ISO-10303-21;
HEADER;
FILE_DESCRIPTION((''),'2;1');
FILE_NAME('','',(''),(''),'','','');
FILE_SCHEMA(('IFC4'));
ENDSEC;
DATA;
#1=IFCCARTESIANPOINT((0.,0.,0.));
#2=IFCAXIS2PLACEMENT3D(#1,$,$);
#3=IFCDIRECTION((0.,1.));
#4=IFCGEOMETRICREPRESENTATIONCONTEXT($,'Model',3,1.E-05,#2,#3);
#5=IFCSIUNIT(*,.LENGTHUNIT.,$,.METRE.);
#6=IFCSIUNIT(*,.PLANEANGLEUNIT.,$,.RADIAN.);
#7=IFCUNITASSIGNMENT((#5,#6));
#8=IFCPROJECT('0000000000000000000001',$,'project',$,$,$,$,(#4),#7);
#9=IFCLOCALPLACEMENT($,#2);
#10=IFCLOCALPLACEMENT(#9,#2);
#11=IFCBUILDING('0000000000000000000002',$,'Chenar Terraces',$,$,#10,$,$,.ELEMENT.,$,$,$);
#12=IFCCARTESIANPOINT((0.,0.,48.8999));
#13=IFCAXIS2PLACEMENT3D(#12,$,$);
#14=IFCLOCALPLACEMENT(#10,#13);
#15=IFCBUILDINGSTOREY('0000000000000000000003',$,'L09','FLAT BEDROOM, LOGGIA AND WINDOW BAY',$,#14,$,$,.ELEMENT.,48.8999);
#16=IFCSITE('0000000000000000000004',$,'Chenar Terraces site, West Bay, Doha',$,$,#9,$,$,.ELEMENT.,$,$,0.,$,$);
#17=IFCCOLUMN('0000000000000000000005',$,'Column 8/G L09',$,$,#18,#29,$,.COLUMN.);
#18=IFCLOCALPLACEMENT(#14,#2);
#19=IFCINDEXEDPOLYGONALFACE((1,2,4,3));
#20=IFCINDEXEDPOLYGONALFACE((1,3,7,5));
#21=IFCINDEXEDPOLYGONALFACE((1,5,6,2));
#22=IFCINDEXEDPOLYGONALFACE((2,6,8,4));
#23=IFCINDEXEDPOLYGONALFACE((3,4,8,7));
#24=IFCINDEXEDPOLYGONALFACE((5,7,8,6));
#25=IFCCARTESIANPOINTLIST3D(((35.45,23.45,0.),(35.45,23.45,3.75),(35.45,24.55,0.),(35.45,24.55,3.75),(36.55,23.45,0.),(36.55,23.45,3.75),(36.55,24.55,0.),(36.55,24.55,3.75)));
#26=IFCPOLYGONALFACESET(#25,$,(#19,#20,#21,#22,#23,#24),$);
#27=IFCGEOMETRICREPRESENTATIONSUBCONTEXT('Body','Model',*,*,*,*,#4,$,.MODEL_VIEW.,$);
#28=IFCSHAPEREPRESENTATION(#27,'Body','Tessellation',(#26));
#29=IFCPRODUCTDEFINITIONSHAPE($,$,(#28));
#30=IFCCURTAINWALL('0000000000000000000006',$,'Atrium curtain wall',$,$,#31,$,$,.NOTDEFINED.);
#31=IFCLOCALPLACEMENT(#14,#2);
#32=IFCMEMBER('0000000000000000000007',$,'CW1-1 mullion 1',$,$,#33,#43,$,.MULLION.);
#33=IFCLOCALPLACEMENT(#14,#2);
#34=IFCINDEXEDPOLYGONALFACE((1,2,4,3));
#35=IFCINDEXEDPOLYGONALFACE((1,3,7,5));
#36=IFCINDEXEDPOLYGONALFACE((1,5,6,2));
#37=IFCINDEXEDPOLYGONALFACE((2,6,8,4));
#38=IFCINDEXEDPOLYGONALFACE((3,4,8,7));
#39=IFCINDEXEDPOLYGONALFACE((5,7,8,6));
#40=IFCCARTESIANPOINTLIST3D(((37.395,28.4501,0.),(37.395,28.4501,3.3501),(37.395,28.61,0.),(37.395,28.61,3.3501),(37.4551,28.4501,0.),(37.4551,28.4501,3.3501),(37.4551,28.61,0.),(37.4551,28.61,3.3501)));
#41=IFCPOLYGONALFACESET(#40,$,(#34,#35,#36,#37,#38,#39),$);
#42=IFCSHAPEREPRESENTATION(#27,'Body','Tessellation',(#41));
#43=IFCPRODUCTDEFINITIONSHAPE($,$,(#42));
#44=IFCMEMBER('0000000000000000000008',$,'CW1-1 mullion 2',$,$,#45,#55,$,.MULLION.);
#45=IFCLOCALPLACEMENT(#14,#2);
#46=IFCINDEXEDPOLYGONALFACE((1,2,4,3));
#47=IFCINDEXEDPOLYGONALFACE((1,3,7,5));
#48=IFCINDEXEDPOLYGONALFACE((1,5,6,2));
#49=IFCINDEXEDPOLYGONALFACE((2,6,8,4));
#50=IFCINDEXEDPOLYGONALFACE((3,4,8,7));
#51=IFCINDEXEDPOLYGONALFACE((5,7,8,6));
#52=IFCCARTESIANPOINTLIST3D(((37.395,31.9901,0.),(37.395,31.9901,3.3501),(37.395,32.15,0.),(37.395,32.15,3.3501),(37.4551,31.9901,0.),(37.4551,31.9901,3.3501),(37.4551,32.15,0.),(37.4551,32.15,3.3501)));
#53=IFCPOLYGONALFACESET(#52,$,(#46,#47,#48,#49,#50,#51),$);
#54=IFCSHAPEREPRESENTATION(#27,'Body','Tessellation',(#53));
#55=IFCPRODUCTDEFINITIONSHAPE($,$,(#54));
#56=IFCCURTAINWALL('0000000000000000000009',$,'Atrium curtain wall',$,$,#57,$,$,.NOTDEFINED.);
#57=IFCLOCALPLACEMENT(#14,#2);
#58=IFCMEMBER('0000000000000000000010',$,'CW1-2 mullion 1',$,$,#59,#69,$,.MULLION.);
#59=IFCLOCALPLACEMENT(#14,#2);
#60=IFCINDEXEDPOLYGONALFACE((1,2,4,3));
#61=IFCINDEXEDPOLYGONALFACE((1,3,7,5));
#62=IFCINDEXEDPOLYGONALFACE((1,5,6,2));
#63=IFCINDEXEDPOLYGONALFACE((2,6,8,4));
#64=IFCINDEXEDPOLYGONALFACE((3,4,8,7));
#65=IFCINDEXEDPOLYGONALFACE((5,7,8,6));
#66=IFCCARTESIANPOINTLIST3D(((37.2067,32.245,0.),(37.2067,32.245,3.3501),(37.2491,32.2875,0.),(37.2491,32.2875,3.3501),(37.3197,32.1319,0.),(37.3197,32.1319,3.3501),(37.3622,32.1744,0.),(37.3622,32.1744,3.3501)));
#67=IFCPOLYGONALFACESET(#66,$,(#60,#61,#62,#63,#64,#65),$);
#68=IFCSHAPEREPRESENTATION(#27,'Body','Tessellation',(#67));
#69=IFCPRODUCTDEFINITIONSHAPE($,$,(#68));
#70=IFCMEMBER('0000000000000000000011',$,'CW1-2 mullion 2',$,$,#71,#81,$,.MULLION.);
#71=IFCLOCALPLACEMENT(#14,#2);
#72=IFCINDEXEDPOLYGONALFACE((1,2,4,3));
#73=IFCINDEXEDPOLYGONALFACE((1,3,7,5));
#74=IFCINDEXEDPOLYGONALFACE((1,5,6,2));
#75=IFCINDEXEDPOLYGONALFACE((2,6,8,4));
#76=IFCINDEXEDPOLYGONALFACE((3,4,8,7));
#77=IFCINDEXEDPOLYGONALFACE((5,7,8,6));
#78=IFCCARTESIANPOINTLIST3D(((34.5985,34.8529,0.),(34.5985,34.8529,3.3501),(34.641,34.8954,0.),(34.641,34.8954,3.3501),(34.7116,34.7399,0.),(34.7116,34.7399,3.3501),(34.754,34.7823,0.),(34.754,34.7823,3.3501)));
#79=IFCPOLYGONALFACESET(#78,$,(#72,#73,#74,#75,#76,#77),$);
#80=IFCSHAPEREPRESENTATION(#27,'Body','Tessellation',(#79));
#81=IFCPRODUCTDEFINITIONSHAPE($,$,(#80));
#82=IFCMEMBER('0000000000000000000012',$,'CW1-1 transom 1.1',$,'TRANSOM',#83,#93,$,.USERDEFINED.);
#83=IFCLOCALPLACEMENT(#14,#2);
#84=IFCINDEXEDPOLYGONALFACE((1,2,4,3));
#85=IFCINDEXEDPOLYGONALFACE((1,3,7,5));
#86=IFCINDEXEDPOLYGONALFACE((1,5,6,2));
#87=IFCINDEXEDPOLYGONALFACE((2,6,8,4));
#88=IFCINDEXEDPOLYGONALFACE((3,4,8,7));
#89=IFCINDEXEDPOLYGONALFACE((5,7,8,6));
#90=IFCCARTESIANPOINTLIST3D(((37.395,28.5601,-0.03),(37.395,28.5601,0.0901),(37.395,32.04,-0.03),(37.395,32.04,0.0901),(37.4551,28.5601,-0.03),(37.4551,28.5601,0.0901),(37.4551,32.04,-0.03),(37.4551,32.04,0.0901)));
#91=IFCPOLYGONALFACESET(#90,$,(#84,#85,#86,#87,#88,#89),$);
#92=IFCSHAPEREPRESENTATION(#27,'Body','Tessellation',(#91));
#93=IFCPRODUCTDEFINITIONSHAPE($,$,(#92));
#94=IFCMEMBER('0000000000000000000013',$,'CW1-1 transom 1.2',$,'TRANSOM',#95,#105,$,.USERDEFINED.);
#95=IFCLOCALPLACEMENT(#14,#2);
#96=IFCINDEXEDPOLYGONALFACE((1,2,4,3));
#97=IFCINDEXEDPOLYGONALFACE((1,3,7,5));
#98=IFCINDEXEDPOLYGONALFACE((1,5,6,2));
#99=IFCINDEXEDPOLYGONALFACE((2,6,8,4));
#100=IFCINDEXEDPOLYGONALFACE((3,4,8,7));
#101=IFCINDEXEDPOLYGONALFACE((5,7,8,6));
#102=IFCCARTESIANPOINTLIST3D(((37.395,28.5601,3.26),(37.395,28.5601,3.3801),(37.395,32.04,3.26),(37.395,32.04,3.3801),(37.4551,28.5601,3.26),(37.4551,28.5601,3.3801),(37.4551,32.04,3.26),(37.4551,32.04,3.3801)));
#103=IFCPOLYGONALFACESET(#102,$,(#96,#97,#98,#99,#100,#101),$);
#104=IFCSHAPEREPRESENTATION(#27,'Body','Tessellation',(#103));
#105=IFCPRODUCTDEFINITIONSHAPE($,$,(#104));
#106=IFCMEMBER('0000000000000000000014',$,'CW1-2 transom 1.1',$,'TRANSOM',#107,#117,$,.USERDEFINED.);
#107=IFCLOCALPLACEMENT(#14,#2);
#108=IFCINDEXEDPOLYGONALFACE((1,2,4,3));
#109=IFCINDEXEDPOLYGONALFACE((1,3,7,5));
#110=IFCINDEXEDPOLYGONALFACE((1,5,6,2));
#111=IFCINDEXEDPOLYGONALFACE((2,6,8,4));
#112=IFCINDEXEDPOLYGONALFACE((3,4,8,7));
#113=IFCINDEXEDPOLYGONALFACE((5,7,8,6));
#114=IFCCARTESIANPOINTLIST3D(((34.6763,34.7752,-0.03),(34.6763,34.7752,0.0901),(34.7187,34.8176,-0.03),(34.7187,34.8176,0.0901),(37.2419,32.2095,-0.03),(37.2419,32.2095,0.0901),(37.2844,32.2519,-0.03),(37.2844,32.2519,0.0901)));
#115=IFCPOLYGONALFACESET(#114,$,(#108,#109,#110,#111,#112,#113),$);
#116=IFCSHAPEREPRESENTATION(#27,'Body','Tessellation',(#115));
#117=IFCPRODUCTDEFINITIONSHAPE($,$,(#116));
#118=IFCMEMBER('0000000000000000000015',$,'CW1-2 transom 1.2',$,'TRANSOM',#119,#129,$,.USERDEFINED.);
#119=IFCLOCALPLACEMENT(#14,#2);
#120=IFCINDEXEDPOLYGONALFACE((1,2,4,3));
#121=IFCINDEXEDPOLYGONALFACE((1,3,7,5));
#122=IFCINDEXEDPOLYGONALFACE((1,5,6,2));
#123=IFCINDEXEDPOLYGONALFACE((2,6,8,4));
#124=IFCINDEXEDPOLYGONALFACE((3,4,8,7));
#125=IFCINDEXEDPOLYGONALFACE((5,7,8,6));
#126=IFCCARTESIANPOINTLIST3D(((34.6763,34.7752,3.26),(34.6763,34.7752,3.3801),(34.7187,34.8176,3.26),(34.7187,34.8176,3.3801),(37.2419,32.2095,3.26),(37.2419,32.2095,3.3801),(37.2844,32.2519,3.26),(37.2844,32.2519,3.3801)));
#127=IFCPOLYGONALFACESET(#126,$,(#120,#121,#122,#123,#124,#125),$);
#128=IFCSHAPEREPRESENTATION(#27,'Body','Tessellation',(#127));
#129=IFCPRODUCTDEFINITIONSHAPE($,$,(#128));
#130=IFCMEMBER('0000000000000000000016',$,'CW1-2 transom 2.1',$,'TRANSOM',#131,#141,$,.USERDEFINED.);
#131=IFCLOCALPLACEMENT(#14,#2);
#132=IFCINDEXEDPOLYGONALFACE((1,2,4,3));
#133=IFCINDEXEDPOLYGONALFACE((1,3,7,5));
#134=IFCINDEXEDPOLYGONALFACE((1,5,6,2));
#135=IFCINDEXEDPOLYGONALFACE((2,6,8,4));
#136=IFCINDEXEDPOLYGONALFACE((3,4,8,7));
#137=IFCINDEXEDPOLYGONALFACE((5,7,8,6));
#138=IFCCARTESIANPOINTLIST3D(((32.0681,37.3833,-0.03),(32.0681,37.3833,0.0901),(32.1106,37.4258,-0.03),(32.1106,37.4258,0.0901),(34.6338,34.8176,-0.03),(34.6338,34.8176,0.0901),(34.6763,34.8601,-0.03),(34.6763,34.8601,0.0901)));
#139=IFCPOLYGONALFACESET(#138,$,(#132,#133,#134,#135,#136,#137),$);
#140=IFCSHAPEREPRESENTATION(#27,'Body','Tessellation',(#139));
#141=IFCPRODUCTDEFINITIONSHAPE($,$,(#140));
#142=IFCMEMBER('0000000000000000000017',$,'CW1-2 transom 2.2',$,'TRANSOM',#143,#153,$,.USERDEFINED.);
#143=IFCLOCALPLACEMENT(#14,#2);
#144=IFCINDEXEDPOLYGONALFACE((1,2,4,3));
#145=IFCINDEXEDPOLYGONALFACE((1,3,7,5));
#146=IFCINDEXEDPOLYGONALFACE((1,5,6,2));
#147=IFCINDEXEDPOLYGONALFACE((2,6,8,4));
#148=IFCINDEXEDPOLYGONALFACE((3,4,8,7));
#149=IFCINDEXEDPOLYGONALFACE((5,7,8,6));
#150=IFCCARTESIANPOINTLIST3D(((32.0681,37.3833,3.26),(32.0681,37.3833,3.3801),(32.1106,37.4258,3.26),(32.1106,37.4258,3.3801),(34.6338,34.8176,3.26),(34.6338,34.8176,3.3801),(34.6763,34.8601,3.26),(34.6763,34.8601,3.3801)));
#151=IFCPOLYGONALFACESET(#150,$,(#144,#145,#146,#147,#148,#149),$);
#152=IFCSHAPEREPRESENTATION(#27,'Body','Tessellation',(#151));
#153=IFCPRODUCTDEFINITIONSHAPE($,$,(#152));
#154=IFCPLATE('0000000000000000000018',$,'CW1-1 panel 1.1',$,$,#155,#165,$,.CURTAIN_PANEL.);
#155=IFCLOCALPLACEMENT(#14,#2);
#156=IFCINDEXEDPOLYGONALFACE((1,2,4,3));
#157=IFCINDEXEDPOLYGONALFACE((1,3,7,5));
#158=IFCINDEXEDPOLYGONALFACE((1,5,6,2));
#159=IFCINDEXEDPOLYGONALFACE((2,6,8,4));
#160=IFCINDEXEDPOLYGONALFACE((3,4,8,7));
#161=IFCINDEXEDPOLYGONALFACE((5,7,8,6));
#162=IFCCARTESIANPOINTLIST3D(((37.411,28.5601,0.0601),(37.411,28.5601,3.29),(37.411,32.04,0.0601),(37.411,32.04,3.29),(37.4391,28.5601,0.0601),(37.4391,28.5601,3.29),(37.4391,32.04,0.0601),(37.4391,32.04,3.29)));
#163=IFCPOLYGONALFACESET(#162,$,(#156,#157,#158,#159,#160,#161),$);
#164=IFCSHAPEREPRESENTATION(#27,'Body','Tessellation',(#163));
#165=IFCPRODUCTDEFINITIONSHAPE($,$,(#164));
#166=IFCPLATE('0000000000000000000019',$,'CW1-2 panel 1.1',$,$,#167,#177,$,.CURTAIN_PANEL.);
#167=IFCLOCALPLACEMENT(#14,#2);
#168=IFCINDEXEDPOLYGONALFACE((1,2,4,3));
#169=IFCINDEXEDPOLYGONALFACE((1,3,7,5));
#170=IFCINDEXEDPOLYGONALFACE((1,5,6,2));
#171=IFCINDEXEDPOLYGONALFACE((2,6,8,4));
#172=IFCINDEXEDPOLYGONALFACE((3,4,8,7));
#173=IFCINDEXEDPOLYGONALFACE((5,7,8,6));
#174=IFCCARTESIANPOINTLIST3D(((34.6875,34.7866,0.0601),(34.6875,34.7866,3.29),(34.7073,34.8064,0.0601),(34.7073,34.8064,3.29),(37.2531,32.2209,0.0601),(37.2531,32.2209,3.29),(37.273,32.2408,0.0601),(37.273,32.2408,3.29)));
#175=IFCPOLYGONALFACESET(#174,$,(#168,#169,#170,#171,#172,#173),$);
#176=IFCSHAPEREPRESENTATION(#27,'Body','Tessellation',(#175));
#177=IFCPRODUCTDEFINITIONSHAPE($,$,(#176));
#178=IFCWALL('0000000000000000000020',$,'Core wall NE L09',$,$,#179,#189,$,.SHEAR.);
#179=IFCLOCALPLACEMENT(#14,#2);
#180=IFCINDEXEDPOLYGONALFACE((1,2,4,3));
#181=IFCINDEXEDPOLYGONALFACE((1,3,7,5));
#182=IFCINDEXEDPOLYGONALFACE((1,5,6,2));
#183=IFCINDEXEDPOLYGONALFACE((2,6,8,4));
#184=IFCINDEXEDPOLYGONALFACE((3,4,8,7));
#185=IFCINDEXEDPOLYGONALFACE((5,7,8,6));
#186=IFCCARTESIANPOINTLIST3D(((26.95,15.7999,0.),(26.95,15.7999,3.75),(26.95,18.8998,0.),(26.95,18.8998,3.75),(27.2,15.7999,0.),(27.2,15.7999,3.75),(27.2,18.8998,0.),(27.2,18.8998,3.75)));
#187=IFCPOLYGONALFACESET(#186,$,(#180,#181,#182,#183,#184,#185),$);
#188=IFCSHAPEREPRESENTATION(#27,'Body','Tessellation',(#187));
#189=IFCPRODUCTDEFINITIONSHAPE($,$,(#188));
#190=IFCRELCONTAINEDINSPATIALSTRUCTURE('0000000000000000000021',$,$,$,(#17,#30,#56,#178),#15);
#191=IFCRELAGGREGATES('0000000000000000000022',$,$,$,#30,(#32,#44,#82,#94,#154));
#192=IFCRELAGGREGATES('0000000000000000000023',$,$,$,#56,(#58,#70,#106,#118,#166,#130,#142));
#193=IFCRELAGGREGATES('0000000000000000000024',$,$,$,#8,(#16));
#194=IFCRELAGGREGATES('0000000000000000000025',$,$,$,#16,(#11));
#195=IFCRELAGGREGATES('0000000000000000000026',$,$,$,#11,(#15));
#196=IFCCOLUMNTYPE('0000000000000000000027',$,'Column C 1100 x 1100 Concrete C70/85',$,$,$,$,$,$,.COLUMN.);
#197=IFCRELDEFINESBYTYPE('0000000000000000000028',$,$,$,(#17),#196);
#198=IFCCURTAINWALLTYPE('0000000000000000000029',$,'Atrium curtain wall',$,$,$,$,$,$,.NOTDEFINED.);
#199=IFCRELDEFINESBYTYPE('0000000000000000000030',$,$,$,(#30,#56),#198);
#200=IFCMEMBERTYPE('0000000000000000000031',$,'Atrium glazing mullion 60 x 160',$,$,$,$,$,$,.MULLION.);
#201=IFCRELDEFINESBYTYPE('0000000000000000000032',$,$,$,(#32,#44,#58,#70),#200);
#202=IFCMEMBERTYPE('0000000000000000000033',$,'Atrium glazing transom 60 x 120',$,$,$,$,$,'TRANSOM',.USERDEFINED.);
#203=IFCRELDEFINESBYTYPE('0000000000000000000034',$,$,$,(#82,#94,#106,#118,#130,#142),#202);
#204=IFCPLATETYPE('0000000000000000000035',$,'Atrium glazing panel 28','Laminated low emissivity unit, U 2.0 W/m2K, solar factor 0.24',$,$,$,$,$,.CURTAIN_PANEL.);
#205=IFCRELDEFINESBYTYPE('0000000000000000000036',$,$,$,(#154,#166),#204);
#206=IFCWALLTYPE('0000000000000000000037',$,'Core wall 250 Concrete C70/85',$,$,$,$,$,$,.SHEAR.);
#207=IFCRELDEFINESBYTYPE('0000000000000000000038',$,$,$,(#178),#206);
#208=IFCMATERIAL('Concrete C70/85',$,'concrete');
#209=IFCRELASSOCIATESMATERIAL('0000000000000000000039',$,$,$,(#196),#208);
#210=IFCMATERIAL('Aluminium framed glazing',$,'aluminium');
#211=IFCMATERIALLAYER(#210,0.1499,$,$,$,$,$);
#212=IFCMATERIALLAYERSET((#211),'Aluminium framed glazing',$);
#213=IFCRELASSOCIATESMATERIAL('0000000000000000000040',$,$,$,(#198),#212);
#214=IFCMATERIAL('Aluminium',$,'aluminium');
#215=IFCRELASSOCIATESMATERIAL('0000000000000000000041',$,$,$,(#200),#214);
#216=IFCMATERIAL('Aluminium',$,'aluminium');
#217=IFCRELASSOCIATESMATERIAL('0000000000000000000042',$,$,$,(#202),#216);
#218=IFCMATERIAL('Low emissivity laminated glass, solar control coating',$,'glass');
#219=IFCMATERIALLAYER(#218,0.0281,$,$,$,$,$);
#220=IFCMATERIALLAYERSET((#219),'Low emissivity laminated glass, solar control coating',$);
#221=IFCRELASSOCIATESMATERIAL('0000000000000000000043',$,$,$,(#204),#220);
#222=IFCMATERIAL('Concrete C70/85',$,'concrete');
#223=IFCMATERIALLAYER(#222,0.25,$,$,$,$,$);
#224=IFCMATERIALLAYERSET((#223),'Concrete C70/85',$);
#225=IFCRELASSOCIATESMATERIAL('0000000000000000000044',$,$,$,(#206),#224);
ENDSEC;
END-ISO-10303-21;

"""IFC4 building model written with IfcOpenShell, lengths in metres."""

from ifc_helpers import new_model, si_unit, direction, frame, frame_2d, origin, origin_2d, place, context, subcontext, project, spatial, rectangle, extrude, material, layer, layer_set, material_profile, profile_set, type_object, element, aggregate, save


model = new_model("IFC4")

# Units and contexts
model_context = context("Model", 3, precision=1e-05, world=origin(), true_north=direction((0.0, 1.0)))
body_context = subcontext(model_context, "Body", "Model", "MODEL_VIEW")
ifc_project = project(units=[si_unit("LENGTHUNIT", "METRE"), si_unit("PLANEANGLEUNIT", "RADIAN")], contexts=[model_context])

# Site, building, storey
site_placement = place(None, origin())
site = spatial("IfcSite", under=ifc_project, at=site_placement, Name="Chenar Terraces site, West Bay, Doha", CompositionType="ELEMENT", RefElevation=0.0)
building_placement = place(site_placement, origin())
building = spatial("IfcBuilding", under=site, at=building_placement, Name="Chenar Terraces", CompositionType="ELEMENT")
storey_placement = place(building_placement, frame((0.0, 0.0, 48.8999)))
storey = spatial("IfcBuildingStorey", under=building, at=storey_placement, Name="L09", Description="FLAT BEDROOM, LOGGIA AND WINDOW BAY", CompositionType="ELEMENT", Elevation=48.8999)

# Column
ifc_material_1 = material(Name="Concrete C70/85", Category="concrete")
ifc_material_profile_1 = material_profile(ifc_material_1, rectangle(XDim=1.1001, YDim=1.1001, at=origin_2d()), Name="C 1100 x 1100")
ifc_profile_set_1 = profile_set([ifc_material_profile_1], Name="Concrete C70/85")
column_type = type_object("IfcColumnType", Name="Column C 1100 x 1100 Concrete C70/85", PredefinedType="COLUMN", material=ifc_profile_set_1)
column_placement = place(storey_placement, frame((36.0, 24.0, 0.0), z_axis=(0.0, 0.0, 1.0), x_axis=(1.0, 0.0, 0.0)))
element("IfcColumn", 1, at=column_placement, inside=storey, type_object=column_type, Name="Column 8/G L09", PredefinedType="COLUMN", context=body_context, shape_type="SweptSolid", body=[
    extrude(rectangle(XDim=1.1001, YDim=1.1001, at=origin_2d()), origin(), (0.0, 0.0, 1.0), 3.75),
])

# Curtain walls, members
ifc_material_2 = material(Name="Aluminium framed glazing", Category="aluminium")
ifc_layer_1 = layer(ifc_material_2, 0.1499)
ifc_layer_set_1 = layer_set([ifc_layer_1], Name="Aluminium framed glazing")
curtain_wall_type = type_object("IfcCurtainWallType", Name="Atrium curtain wall", PredefinedType="NOTDEFINED", material=ifc_layer_set_1)
placement = place(storey_placement, origin())
curtain_wall_1 = element("IfcCurtainWall", 2, at=placement, inside=storey, type_object=curtain_wall_type, Name="Atrium curtain wall", PredefinedType="NOTDEFINED")
ifc_material_3 = material(Name="Aluminium", Category="aluminium")
ifc_material_profile_2 = material_profile(ifc_material_3, rectangle(XDim=0.0601, YDim=0.1599, at=origin_2d()), Name="Atrium glazing mullion 60 x 160")
ifc_profile_set_2 = profile_set([ifc_material_profile_2], Name="Aluminium")
member_type_1 = type_object("IfcMemberType", Name="Atrium glazing mullion 60 x 160", PredefinedType="MULLION", material=ifc_profile_set_2)
member_1_placement = place(storey_placement, frame((37.425, 28.53, 0.0), z_axis=(0.0, 0.0, 1.0), x_axis=(-1.0, 0.0, 0.0)))
member_1 = element("IfcMember", 3, at=member_1_placement, type_object=member_type_1, Name="CW1-1 mullion 1", PredefinedType="MULLION", context=body_context, shape_type="SweptSolid", body=[
    extrude(rectangle(XDim=0.0601, YDim=0.1599, at=origin_2d()), origin(), (0.0, 0.0, 1.0), 3.3501),
])
member_2_placement = place(storey_placement, frame((37.425, 32.0701, 0.0), z_axis=(0.0, 0.0, 1.0), x_axis=(-1.0, 0.0, 0.0)))
member_2 = element("IfcMember", 4, at=member_2_placement, type_object=member_type_1, Name="CW1-1 mullion 2", PredefinedType="MULLION", context=body_context, shape_type="SweptSolid", body=[
    extrude(rectangle(XDim=0.0601, YDim=0.1599, at=origin_2d()), origin(), (0.0, 0.0, 1.0), 3.3501),
])
curtain_wall_2 = element("IfcCurtainWall", 5, at=placement, inside=storey, type_object=curtain_wall_type, Name="Atrium curtain wall", PredefinedType="NOTDEFINED")
member_3_placement = place(storey_placement, frame((37.2844, 32.2097, 0.0), z_axis=(0.0, 0.0, 1.0), x_axis=(-0.707107, -0.707107, 0.0)))
member_3 = element("IfcMember", 6, at=member_3_placement, type_object=member_type_1, Name="CW1-2 mullion 1", PredefinedType="MULLION", context=body_context, shape_type="SweptSolid", body=[
    extrude(rectangle(XDim=0.0601, YDim=0.1599, at=origin_2d()), origin(), (0.0, 0.0, 1.0), 3.3501),
])
member_4_placement = place(storey_placement, frame((34.6763, 34.8176, 0.0), z_axis=(0.0, 0.0, 1.0), x_axis=(-0.707107, -0.707107, 0.0)))
member_4 = element("IfcMember", 7, at=member_4_placement, type_object=member_type_1, Name="CW1-2 mullion 2", PredefinedType="MULLION", context=body_context, shape_type="SweptSolid", body=[
    extrude(rectangle(XDim=0.0601, YDim=0.1599, at=origin_2d()), origin(), (0.0, 0.0, 1.0), 3.3501),
])

# Members
ifc_material_4 = material(Name="Aluminium", Category="aluminium")
ifc_material_profile_3 = material_profile(ifc_material_4, rectangle(XDim=0.0601, YDim=0.1201, at=origin_2d()), Name="Atrium glazing transom 60 x 120")
ifc_profile_set_3 = profile_set([ifc_material_profile_3], Name="Aluminium")
member_type_2 = type_object("IfcMemberType", Name="Atrium glazing transom 60 x 120", ElementType="TRANSOM", PredefinedType="USERDEFINED", material=ifc_profile_set_3)
member_5_placement = place(storey_placement, frame((37.425, 28.5601, 0.03), z_axis=(0.0, 1.0, 0.0), x_axis=(-1.0, 0.0, 0.0)))
member_5 = element("IfcMember", 8, at=member_5_placement, type_object=member_type_2, Name="CW1-1 transom 1.1", ObjectType="TRANSOM", PredefinedType="USERDEFINED", context=body_context, shape_type="SweptSolid", body=[
    extrude(rectangle(XDim=0.0601, YDim=0.1201, at=origin_2d()), origin(), (0.0, 0.0, 1.0), 3.48),
])
member_6_placement = place(storey_placement, frame((37.425, 28.5601, 3.3201), z_axis=(0.0, 1.0, 0.0), x_axis=(-1.0, 0.0, 0.0)))
member_6 = element("IfcMember", 9, at=member_6_placement, type_object=member_type_2, Name="CW1-1 transom 1.2", ObjectType="TRANSOM", PredefinedType="USERDEFINED", context=body_context, shape_type="SweptSolid", body=[
    extrude(rectangle(XDim=0.0601, YDim=0.1201, at=origin_2d()), origin(), (0.0, 0.0, 1.0), 3.48),
])
member_7_placement = place(storey_placement, frame((37.2632, 32.2307, 0.03), z_axis=(-0.707107, 0.707107, 0.0), x_axis=(-0.707107, -0.707107, 0.0)))
member_7 = element("IfcMember", 10, at=member_7_placement, type_object=member_type_2, Name="CW1-2 transom 1.1", ObjectType="TRANSOM", PredefinedType="USERDEFINED", context=body_context, shape_type="SweptSolid", body=[
    extrude(rectangle(XDim=0.0601, YDim=0.1201, at=origin_2d()), origin(), (0.0, 0.0, 1.0), 3.6284),
])
member_8_placement = place(storey_placement, frame((37.2632, 32.2307, 3.3201), z_axis=(-0.707107, 0.707107, 0.0), x_axis=(-0.707107, -0.707107, 0.0)))
member_8 = element("IfcMember", 11, at=member_8_placement, type_object=member_type_2, Name="CW1-2 transom 1.2", ObjectType="TRANSOM", PredefinedType="USERDEFINED", context=body_context, shape_type="SweptSolid", body=[
    extrude(rectangle(XDim=0.0601, YDim=0.1201, at=origin_2d()), origin(), (0.0, 0.0, 1.0), 3.6284),
])
member_9_placement = place(storey_placement, frame((34.655, 34.8389, 0.03), z_axis=(-0.707107, 0.707107, 0.0), x_axis=(-0.707107, -0.707107, 0.0)))
member_9 = element("IfcMember", 12, at=member_9_placement, type_object=member_type_2, Name="CW1-2 transom 2.1", ObjectType="TRANSOM", PredefinedType="USERDEFINED", context=body_context, shape_type="SweptSolid", body=[
    extrude(rectangle(XDim=0.0601, YDim=0.1201, at=origin_2d()), origin(), (0.0, 0.0, 1.0), 3.6284),
])
member_10_placement = place(storey_placement, frame((34.655, 34.8389, 3.3201), z_axis=(-0.707107, 0.707107, 0.0), x_axis=(-0.707107, -0.707107, 0.0)))
member_10 = element("IfcMember", 13, at=member_10_placement, type_object=member_type_2, Name="CW1-2 transom 2.2", ObjectType="TRANSOM", PredefinedType="USERDEFINED", context=body_context, shape_type="SweptSolid", body=[
    extrude(rectangle(XDim=0.0601, YDim=0.1201, at=origin_2d()), origin(), (0.0, 0.0, 1.0), 3.6284),
])

# Plates
ifc_material_5 = material(Name="Low emissivity laminated glass, solar control coating", Category="glass")
ifc_layer_2 = layer(ifc_material_5, 0.0281)
ifc_layer_set_2 = layer_set([ifc_layer_2], Name="Low emissivity laminated glass, solar control coating")
plate_type = type_object("IfcPlateType", Name="Atrium glazing panel 28", Description="Laminated low emissivity unit, U 2.0 W/m2K, solar factor 0.24", PredefinedType="CURTAIN_PANEL", material=ifc_layer_set_2)
plate_1_placement = place(storey_placement, frame((37.425, 30.3, 0.0601), z_axis=(0.0, 0.0, 1.0), x_axis=(0.0, 1.0, 0.0)))
plate_1 = element("IfcPlate", 14, at=plate_1_placement, type_object=plate_type, Name="CW1-1 panel 1.1", PredefinedType="CURTAIN_PANEL", context=body_context, shape_type="SweptSolid", body=[
    extrude(rectangle(XDim=3.48, YDim=0.0281, at=origin_2d()), origin(), (0.0, 0.0, 1.0), 3.23),
])
aggregate(curtain_wall_1, [member_1, member_2, member_5, member_6, plate_1])
plate_2_placement = place(storey_placement, frame((35.9802, 33.5137, 0.0601), z_axis=(0.0, 0.0, 1.0), x_axis=(-0.707107, 0.707107, 0.0)))
plate_2 = element("IfcPlate", 15, at=plate_2_placement, type_object=plate_type, Name="CW1-2 panel 1.1", PredefinedType="CURTAIN_PANEL", context=body_context, shape_type="SweptSolid", body=[
    extrude(rectangle(XDim=3.6284, YDim=0.0281, at=origin_2d()), origin(), (0.0, 0.0, 1.0), 3.23),
])
aggregate(curtain_wall_2, [member_3, member_4, member_7, member_8, plate_2, member_9, member_10])

# Wall
ifc_material_6 = material(Name="Concrete C70/85", Category="concrete")
ifc_layer_3 = layer(ifc_material_6, 0.25)
ifc_layer_set_3 = layer_set([ifc_layer_3], Name="Concrete C70/85")
wall_type_1 = type_object("IfcWallType", Name="Core wall 250 Concrete C70/85", PredefinedType="SHEAR", material=ifc_layer_set_3)
wall_1_placement = place(storey_placement, frame((27.075, 15.8, 0.0), z_axis=(0.0, 0.0, 1.0), x_axis=(0.0, 1.0, 0.0)))
element("IfcWall", 16, at=wall_1_placement, inside=storey, type_object=wall_type_1, Name="Core wall NE L09", PredefinedType="SHEAR", context=body_context, shape_type="SweptSolid", body=[
    extrude(rectangle(XDim=3.0999, YDim=0.25, at=frame_2d((1.5498, 0.0))), origin(), (0.0, 0.0, 1.0), 3.75),
])

save(model, "model.ifc")
